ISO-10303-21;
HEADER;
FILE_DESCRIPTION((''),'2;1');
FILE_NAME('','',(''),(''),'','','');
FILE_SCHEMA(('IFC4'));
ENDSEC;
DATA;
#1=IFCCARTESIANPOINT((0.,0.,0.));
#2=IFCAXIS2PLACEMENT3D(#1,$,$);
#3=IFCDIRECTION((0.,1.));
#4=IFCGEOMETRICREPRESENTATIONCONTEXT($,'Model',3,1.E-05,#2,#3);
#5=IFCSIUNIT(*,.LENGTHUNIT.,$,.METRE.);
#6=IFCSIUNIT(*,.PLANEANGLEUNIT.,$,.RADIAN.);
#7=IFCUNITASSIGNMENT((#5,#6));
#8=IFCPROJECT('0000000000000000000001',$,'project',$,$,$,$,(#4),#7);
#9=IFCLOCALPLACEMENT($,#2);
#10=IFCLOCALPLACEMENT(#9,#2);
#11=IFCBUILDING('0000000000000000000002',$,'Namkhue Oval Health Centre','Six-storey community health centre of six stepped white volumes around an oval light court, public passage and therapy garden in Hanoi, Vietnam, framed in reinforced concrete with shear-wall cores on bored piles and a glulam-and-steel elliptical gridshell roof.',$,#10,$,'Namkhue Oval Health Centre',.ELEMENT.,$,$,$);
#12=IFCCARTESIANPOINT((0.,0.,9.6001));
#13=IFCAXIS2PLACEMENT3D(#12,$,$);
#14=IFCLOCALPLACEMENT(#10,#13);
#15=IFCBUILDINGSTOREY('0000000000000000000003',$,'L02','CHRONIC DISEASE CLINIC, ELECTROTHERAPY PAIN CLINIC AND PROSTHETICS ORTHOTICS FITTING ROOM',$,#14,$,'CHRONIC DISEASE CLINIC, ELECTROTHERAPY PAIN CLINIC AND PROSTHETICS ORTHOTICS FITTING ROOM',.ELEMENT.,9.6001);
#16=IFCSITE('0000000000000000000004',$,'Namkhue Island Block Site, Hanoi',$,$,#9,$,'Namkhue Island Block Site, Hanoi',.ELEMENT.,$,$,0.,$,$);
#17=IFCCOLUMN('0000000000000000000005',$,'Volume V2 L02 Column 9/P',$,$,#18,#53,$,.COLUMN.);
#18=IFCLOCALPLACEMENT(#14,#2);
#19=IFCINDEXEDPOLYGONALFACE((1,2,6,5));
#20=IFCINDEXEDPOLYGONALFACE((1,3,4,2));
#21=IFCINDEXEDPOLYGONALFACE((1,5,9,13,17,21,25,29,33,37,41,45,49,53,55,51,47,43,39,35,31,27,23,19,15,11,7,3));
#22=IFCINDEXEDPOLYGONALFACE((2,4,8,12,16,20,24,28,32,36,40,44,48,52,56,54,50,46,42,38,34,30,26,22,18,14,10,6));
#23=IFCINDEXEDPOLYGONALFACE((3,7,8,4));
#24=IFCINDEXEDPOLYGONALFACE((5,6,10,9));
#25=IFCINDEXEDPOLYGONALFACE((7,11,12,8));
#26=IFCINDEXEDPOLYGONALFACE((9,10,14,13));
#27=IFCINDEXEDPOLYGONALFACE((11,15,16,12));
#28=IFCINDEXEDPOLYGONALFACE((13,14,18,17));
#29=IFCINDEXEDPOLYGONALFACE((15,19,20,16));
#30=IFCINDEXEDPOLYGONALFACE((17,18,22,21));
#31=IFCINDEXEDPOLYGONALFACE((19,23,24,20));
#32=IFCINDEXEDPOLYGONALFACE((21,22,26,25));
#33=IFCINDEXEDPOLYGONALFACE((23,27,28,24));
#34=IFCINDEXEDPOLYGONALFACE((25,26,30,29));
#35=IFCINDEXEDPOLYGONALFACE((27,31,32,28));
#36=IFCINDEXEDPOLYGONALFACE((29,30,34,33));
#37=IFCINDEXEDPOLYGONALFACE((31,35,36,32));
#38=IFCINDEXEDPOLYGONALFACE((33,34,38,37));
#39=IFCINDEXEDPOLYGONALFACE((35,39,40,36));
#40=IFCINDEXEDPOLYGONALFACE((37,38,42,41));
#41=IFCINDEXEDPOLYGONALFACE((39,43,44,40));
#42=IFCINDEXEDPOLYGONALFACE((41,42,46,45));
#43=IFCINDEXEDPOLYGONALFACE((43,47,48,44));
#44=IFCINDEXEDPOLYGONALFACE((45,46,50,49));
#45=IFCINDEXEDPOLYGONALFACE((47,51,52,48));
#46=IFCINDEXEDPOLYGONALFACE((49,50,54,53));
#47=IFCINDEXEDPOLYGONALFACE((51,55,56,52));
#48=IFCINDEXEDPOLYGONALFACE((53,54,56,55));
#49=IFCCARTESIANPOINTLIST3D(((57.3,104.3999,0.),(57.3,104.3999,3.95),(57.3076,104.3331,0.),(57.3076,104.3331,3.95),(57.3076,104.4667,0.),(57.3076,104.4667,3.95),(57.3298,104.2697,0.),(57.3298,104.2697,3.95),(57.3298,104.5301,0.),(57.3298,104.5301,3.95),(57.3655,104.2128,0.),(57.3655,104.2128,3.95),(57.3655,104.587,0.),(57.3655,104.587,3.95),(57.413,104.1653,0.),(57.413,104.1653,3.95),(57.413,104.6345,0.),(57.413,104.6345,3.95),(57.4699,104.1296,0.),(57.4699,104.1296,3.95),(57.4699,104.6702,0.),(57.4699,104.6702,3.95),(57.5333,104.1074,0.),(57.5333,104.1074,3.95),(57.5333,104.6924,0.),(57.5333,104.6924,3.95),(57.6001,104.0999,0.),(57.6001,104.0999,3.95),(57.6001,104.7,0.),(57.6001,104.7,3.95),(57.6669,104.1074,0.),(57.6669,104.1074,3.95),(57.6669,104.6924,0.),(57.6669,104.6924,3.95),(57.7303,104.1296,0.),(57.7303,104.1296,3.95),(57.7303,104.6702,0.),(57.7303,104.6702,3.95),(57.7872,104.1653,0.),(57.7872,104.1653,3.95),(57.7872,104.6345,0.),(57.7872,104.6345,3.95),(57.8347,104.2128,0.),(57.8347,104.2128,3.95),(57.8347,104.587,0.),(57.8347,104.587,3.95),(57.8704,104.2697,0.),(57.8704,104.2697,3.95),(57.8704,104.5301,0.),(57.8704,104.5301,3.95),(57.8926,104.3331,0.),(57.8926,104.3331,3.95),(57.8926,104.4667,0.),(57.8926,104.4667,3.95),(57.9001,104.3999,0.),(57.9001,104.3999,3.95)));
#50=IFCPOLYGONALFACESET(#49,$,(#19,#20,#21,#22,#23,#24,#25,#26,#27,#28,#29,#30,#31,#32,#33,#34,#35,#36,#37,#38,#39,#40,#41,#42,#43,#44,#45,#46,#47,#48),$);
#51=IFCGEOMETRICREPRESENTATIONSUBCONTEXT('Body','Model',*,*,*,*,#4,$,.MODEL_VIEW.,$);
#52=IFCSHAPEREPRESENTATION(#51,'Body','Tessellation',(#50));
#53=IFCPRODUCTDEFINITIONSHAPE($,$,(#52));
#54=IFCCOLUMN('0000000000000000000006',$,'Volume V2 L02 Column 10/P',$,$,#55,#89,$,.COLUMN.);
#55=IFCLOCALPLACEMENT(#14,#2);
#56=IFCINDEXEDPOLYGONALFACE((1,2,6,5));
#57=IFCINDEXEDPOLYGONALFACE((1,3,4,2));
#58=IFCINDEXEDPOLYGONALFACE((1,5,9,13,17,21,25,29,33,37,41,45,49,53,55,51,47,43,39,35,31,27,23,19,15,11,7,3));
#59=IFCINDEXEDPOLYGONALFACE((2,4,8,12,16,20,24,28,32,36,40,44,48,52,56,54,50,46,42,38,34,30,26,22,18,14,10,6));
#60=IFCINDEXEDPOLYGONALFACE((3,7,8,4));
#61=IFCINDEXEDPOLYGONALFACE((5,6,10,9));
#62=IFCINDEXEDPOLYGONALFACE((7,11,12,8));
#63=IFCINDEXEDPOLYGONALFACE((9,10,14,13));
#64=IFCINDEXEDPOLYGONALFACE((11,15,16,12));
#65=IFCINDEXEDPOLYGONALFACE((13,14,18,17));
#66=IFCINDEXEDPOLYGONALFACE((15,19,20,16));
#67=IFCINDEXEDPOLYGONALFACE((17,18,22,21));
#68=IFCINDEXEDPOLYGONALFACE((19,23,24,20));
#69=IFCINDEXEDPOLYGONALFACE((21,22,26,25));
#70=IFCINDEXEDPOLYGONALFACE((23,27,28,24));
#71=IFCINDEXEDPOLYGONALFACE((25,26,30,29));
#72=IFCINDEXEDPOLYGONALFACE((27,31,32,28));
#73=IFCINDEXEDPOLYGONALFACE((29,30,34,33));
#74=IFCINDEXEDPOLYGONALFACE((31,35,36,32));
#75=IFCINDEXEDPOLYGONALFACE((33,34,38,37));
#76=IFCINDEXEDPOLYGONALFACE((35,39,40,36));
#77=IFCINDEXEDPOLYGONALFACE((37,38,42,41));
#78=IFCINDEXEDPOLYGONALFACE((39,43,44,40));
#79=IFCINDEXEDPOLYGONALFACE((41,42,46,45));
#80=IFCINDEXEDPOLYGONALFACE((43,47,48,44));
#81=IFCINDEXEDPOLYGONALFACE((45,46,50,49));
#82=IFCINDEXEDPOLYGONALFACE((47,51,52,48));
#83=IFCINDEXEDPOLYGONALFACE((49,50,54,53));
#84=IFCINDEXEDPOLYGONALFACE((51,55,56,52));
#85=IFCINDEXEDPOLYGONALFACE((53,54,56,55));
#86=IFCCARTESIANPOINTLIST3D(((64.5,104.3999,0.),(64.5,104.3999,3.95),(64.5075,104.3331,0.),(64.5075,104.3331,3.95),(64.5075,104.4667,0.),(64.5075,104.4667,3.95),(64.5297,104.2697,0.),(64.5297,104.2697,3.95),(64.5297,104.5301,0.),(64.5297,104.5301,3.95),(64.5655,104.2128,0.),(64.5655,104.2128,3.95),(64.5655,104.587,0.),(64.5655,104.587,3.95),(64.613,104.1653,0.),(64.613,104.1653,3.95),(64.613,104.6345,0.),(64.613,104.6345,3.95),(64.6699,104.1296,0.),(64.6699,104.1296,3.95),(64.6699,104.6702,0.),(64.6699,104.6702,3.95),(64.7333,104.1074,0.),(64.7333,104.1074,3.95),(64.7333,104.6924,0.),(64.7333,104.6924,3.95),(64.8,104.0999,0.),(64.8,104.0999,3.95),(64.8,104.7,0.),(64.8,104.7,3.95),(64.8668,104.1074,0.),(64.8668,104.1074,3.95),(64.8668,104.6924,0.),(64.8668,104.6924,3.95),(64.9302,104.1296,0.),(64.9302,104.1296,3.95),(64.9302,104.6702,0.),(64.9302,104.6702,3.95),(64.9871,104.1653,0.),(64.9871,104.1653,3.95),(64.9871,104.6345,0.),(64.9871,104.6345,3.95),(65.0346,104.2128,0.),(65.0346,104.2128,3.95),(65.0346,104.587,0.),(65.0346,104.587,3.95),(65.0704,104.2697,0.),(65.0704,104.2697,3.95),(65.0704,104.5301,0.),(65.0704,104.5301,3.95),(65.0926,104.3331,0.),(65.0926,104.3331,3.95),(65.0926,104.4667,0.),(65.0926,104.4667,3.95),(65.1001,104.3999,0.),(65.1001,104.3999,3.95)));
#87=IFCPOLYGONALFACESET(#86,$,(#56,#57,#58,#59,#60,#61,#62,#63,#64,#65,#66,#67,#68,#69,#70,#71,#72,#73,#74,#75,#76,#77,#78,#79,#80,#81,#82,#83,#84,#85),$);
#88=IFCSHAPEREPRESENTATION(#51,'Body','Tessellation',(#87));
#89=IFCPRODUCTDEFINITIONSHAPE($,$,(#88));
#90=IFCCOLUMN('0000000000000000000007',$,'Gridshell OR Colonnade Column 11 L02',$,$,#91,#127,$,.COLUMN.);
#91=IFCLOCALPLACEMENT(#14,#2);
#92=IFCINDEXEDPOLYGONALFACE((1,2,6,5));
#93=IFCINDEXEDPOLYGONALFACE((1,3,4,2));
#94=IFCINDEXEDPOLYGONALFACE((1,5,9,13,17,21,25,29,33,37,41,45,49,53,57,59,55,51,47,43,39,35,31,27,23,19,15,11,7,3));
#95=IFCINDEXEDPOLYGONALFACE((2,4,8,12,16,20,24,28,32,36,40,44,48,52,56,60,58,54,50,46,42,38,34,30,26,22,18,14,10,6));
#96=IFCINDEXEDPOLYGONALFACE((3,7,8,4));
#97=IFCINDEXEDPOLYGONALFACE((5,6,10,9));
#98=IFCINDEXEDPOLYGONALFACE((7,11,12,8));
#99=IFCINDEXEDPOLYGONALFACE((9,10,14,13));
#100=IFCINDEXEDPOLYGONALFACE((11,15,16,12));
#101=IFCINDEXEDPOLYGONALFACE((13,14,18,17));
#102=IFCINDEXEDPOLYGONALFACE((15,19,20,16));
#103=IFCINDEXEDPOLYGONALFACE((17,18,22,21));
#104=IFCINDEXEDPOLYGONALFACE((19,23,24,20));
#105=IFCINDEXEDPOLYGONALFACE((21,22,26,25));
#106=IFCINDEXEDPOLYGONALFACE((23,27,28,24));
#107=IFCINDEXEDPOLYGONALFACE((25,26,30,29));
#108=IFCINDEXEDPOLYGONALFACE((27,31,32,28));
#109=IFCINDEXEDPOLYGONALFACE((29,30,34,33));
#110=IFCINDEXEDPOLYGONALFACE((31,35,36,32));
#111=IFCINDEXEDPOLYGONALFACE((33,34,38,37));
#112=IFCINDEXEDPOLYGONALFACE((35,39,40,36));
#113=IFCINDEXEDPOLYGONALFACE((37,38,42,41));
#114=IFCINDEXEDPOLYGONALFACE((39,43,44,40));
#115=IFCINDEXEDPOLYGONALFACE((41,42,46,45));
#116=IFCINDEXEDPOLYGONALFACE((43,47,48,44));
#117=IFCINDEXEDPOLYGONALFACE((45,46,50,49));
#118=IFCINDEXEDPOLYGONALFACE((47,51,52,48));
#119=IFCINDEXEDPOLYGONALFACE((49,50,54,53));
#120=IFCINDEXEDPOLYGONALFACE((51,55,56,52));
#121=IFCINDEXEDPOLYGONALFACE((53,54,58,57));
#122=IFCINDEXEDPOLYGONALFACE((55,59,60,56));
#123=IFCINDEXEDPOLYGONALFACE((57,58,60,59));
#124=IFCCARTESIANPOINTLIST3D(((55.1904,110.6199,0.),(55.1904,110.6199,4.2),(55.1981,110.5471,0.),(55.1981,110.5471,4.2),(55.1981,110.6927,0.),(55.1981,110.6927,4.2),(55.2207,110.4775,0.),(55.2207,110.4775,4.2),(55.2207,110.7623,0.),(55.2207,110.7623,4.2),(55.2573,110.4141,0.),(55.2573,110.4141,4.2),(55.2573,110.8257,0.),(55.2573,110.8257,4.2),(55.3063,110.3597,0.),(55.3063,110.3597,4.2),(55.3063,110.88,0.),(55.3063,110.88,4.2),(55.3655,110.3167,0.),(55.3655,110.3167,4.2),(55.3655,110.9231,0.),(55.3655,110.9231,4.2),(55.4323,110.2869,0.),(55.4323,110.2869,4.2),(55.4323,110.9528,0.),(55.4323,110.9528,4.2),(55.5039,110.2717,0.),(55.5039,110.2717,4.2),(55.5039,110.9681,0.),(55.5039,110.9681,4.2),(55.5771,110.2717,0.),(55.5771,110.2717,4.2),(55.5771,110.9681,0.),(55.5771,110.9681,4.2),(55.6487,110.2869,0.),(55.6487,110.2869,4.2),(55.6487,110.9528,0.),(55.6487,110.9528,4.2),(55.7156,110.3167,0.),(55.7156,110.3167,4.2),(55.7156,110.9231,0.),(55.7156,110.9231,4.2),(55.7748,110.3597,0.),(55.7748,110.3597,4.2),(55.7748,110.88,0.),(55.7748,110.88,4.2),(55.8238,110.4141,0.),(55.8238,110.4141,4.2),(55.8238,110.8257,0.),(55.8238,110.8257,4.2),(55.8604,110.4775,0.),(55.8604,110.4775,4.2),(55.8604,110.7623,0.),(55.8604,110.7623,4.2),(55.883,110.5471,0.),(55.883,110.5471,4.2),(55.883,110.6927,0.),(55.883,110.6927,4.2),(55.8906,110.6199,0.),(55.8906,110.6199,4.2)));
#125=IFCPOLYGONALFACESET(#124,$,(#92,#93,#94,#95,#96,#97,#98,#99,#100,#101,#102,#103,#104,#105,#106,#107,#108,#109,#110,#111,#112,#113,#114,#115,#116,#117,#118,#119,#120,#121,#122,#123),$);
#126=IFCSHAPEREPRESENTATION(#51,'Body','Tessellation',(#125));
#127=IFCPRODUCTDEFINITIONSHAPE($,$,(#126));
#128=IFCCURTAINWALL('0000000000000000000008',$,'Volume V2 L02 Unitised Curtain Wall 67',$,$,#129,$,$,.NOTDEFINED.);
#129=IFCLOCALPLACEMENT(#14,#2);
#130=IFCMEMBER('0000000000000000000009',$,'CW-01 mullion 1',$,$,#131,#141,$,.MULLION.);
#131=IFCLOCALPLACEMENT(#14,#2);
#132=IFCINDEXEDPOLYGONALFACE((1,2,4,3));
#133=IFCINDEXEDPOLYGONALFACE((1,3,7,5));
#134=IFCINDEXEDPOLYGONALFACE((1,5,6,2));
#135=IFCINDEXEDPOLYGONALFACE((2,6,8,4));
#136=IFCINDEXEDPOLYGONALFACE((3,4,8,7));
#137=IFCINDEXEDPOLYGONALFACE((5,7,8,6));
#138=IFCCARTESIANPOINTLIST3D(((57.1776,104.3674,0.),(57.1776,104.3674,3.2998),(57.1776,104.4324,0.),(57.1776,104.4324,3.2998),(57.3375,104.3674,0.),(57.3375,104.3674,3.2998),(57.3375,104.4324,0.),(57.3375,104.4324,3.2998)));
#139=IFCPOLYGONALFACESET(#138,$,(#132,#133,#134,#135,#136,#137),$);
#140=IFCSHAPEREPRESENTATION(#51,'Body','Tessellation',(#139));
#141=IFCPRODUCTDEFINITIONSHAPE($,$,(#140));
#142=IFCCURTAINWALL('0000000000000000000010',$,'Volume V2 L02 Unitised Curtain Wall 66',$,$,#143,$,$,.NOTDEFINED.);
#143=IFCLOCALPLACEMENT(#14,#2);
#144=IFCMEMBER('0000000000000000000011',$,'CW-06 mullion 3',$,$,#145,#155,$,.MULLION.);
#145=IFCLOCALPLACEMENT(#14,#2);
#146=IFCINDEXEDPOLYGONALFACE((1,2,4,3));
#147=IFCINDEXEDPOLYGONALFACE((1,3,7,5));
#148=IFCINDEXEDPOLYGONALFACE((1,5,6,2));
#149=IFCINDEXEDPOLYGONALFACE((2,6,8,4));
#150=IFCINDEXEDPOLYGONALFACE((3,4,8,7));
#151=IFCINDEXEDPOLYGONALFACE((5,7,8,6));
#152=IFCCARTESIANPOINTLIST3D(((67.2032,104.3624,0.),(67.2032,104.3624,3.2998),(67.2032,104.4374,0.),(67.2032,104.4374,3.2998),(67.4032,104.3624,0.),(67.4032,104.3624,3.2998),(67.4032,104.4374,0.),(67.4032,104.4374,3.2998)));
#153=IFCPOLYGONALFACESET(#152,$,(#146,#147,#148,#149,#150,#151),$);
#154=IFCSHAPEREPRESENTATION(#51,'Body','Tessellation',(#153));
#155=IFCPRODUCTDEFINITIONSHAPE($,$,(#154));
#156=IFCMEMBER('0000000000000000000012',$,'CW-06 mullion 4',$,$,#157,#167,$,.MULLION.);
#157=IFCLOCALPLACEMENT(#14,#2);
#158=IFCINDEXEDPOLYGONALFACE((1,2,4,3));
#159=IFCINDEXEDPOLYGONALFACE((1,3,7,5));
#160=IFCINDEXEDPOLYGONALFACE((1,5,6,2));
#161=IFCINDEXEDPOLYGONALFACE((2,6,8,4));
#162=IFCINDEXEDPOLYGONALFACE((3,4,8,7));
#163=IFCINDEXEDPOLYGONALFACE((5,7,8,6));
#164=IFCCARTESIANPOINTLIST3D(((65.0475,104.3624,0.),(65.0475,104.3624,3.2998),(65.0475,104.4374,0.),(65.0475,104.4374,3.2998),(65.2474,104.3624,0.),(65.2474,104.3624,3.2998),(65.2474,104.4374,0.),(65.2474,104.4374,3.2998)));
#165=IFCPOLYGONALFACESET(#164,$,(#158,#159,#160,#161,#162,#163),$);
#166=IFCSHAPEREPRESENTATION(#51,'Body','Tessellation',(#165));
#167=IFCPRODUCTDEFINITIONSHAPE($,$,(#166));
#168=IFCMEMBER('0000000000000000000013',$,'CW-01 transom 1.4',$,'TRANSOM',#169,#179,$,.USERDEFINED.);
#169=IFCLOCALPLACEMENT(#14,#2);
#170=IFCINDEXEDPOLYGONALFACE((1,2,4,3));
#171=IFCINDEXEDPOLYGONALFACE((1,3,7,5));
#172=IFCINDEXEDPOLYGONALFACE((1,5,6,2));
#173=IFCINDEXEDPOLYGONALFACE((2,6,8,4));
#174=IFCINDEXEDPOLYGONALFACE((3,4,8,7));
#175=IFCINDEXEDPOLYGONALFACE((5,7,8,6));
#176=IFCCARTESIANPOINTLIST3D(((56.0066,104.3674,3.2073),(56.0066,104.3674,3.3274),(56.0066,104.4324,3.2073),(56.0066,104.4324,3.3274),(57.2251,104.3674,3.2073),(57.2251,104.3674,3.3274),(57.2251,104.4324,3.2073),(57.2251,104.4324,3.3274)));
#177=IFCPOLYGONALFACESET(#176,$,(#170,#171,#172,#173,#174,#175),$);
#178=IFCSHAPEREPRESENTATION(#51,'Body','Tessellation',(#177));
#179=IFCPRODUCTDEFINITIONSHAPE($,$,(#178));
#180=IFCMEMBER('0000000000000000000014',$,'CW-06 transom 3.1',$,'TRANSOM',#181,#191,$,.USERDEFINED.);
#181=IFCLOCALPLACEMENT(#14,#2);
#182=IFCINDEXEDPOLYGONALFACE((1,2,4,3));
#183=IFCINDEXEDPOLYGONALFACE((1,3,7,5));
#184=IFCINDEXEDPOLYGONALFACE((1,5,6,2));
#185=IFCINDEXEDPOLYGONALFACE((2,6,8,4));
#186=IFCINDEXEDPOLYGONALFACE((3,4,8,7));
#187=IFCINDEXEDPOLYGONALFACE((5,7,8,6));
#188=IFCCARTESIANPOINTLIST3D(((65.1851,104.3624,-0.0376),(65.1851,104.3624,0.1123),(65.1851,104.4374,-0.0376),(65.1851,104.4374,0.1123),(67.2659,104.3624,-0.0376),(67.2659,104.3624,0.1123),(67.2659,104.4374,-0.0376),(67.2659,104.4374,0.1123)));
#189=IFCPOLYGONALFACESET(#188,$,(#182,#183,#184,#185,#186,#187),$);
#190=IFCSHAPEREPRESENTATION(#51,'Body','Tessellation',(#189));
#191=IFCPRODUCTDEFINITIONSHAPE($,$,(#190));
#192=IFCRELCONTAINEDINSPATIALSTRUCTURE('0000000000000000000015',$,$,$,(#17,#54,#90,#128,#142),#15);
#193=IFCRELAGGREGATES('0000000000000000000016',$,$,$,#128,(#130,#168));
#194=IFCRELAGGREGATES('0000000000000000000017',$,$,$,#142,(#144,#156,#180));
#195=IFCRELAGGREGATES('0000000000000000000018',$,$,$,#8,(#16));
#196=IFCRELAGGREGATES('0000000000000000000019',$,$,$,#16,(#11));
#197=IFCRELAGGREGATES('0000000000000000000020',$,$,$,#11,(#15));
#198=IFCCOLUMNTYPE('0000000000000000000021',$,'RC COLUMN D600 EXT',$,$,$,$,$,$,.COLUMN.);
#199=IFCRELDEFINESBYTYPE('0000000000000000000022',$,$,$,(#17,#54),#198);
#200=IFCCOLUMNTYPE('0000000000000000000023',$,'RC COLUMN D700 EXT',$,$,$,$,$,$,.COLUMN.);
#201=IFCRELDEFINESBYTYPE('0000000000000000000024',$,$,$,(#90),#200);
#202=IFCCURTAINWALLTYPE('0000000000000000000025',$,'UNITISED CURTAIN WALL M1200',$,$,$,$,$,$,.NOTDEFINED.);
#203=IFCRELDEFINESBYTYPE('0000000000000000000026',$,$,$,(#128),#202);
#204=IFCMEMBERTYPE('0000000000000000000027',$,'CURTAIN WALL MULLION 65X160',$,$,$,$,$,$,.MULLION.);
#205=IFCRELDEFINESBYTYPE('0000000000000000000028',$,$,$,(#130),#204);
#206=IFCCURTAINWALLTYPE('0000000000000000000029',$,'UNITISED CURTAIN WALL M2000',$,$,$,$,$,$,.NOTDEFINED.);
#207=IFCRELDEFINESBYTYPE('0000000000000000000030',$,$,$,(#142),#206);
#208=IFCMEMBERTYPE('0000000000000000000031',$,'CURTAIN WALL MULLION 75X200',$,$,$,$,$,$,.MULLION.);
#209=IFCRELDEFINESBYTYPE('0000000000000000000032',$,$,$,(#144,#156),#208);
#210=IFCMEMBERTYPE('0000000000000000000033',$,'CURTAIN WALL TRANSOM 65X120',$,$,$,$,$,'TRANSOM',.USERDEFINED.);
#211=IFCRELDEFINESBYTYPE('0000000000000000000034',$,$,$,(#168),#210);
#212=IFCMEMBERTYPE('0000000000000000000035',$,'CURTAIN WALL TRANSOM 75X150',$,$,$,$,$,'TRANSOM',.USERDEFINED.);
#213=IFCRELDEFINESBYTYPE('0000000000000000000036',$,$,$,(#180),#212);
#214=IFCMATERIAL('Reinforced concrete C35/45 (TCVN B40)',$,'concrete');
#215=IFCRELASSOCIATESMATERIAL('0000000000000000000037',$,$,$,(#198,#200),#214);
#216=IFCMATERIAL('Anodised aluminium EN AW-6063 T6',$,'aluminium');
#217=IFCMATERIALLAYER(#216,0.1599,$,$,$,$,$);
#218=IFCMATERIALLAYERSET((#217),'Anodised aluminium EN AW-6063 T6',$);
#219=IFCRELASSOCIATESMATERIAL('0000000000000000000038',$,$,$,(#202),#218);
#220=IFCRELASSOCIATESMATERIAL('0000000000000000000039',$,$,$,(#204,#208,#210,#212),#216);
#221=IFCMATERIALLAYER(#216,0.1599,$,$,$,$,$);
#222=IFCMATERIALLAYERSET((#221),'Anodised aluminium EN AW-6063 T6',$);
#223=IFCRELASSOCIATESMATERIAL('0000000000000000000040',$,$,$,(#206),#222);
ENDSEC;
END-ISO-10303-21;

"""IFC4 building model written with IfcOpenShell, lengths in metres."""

from ifc_helpers import new_model, si_unit, direction, frame, origin, origin_2d, place, context, subcontext, project, spatial, rectangle, circle, extrude, material, layer, layer_set, material_profile, profile_set, type_object, element, aggregate, save


model = new_model("IFC4")

# Units and contexts
model_context = context("Model", 3, precision=1e-05, world=origin(), true_north=direction((0.0, 1.0)))
body_context = subcontext(model_context, "Body", "Model", "MODEL_VIEW")
ifc_project = project(units=[si_unit("LENGTHUNIT", "METRE"), si_unit("PLANEANGLEUNIT", "RADIAN")], contexts=[model_context])

# Site, building, storey
site_placement = place(None, origin())
site = spatial("IfcSite", under=ifc_project, at=site_placement, Name="Namkhue Island Block Site, Hanoi", LongName="Namkhue Island Block Site, Hanoi", CompositionType="ELEMENT", RefElevation=0.0)
building_placement = place(site_placement, origin())
building = spatial("IfcBuilding", under=site, at=building_placement, Name="Namkhue Oval Health Centre", Description="Six-storey community health centre of six stepped white volumes around an oval light court, public passage and therapy garden in Hanoi, Vietnam, framed in reinforced concrete with shear-wall cores on bored piles and a glulam-and-steel elliptical gridshell roof.", LongName="Namkhue Oval Health Centre", CompositionType="ELEMENT")
storey_placement = place(building_placement, frame((0.0, 0.0, 9.6001)))
storey = spatial("IfcBuildingStorey", under=building, at=storey_placement, Name="L02", Description="CHRONIC DISEASE CLINIC, ELECTROTHERAPY PAIN CLINIC AND PROSTHETICS ORTHOTICS FITTING ROOM", LongName="CHRONIC DISEASE CLINIC, ELECTROTHERAPY PAIN CLINIC AND PROSTHETICS ORTHOTICS FITTING ROOM", CompositionType="ELEMENT", Elevation=9.6001)

# Columns
ifc_material_1 = material(Name="Reinforced concrete C35/45 (TCVN B40)", Category="concrete")
ifc_material_profile_1 = material_profile(ifc_material_1, circle(Radius=0.3, at=origin_2d()), Name="RC D600")
ifc_profile_set_1 = profile_set([ifc_material_profile_1], Name="Reinforced concrete C35/45 (TCVN B40)")
column_type_1 = type_object("IfcColumnType", Name="RC COLUMN D600 EXT", PredefinedType="COLUMN", material=ifc_profile_set_1)
for number, where, z_axis, x_axis, name in (
    (1, (57.6001, 104.3999, 0.0), (0.0, 0.0, 1.0), (1.0, 0.0, 0.0), "Volume V2 L02 Column 9/P"),
    (2, (64.8, 104.3999, 0.0), (0.0, 0.0, 1.0), (1.0, 0.0, 0.0), "Volume V2 L02 Column 10/P"),
):
    element("IfcColumn", number, at=place(storey_placement, frame(where, z_axis=z_axis, x_axis=x_axis)), inside=storey, type_object=column_type_1, Name=name, PredefinedType="COLUMN", context=body_context, shape_type="SweptSolid", body=[
        extrude(circle(Radius=0.3, at=origin_2d()), origin(), (0.0, 0.0, 1.0), 3.95),
    ])
ifc_material_profile_2 = material_profile(ifc_material_1, circle(Radius=0.3501, at=origin_2d()), Name="RC D700")
ifc_profile_set_2 = profile_set([ifc_material_profile_2], Name="Reinforced concrete C35/45 (TCVN B40)")
column_type_2 = type_object("IfcColumnType", Name="RC COLUMN D700 EXT", PredefinedType="COLUMN", material=ifc_profile_set_2)
column_placement = place(storey_placement, frame((55.5405, 110.6199, 0.0), z_axis=(0.0, 0.0, 1.0), x_axis=(1.0, 0.0, 0.0)))
element("IfcColumn", 3, at=column_placement, inside=storey, type_object=column_type_2, Name="Gridshell OR Colonnade Column 11 L02", PredefinedType="COLUMN", context=body_context, shape_type="SweptSolid", body=[
    extrude(circle(Radius=0.3501, at=origin_2d()), origin(), (0.0, 0.0, 1.0), 4.2),
])

# Curtain wall, member
ifc_material_2 = material(Name="Anodised aluminium EN AW-6063 T6", Category="aluminium")
ifc_layer_1 = layer(ifc_material_2, 0.1599)
ifc_layer_set_1 = layer_set([ifc_layer_1], Name="Anodised aluminium EN AW-6063 T6")
curtain_wall_type_1 = type_object("IfcCurtainWallType", Name="UNITISED CURTAIN WALL M1200", PredefinedType="NOTDEFINED", material=ifc_layer_set_1)
curtain_wall_1_placement = place(storey_placement, origin())
curtain_wall_1 = element("IfcCurtainWall", 4, at=curtain_wall_1_placement, inside=storey, type_object=curtain_wall_type_1, Name="Volume V2 L02 Unitised Curtain Wall 67", PredefinedType="NOTDEFINED")
ifc_material_profile_3 = material_profile(ifc_material_2, rectangle(XDim=0.0649, YDim=0.1599, at=origin_2d()), Name="ALU 65x160")
ifc_profile_set_3 = profile_set([ifc_material_profile_3], Name="Anodised aluminium EN AW-6063 T6")
member_type_1 = type_object("IfcMemberType", Name="CURTAIN WALL MULLION 65X160", PredefinedType="MULLION", material=ifc_profile_set_3)
member_1_placement = place(storey_placement, frame((57.2576, 104.3999, 0.0), z_axis=(0.0, 0.0, 1.0), x_axis=(0.0, -1.0, 0.0)))
member_1 = element("IfcMember", 5, at=member_1_placement, type_object=member_type_1, Name="CW-01 mullion 1", PredefinedType="MULLION", context=body_context, shape_type="SweptSolid", body=[
    extrude(rectangle(XDim=0.0649, YDim=0.1599, at=origin_2d()), origin(), (0.0, 0.0, 1.0), 3.2998),
])

# Curtain wall, members
ifc_layer_2 = layer(ifc_material_2, 0.1599)
ifc_layer_set_2 = layer_set([ifc_layer_2], Name="Anodised aluminium EN AW-6063 T6")
curtain_wall_type_2 = type_object("IfcCurtainWallType", Name="UNITISED CURTAIN WALL M2000", PredefinedType="NOTDEFINED", material=ifc_layer_set_2)
curtain_wall_2_placement = place(storey_placement, origin())
curtain_wall_2 = element("IfcCurtainWall", 6, at=curtain_wall_2_placement, inside=storey, type_object=curtain_wall_type_2, Name="Volume V2 L02 Unitised Curtain Wall 66", PredefinedType="NOTDEFINED")
ifc_material_profile_4 = material_profile(ifc_material_2, rectangle(XDim=0.075, YDim=0.2, at=origin_2d()), Name="ALU 75x200")
ifc_profile_set_4 = profile_set([ifc_material_profile_4], Name="Anodised aluminium EN AW-6063 T6")
member_type_2 = type_object("IfcMemberType", Name="CURTAIN WALL MULLION 75X200", PredefinedType="MULLION", material=ifc_profile_set_4)
member_2_placement = place(storey_placement, frame((67.3032, 104.3999, 0.0), z_axis=(0.0, 0.0, 1.0), x_axis=(0.0, -1.0, 0.0)))
member_2 = element("IfcMember", 7, at=member_2_placement, type_object=member_type_2, Name="CW-06 mullion 3", PredefinedType="MULLION", context=body_context, shape_type="SweptSolid", body=[
    extrude(rectangle(XDim=0.075, YDim=0.2, at=origin_2d()), origin(), (0.0, 0.0, 1.0), 3.2998),
])
member_3_placement = place(storey_placement, frame((65.1475, 104.3999, 0.0), z_axis=(0.0, 0.0, 1.0), x_axis=(0.0, -1.0, 0.0)))
member_3 = element("IfcMember", 8, at=member_3_placement, type_object=member_type_2, Name="CW-06 mullion 4", PredefinedType="MULLION", context=body_context, shape_type="SweptSolid", body=[
    extrude(rectangle(XDim=0.075, YDim=0.2, at=origin_2d()), origin(), (0.0, 0.0, 1.0), 3.2998),
])

# Members
ifc_material_profile_5 = material_profile(ifc_material_2, rectangle(XDim=0.0649, YDim=0.1201, at=origin_2d()), Name="ALU 65x120")
ifc_profile_set_5 = profile_set([ifc_material_profile_5], Name="Anodised aluminium EN AW-6063 T6")
member_type_3 = type_object("IfcMemberType", Name="CURTAIN WALL TRANSOM 65X120", ElementType="TRANSOM", PredefinedType="USERDEFINED", material=ifc_profile_set_5)
member_4_placement = place(storey_placement, frame((57.2251, 104.3999, 3.2673), z_axis=(-1.0, 0.0, 0.0), x_axis=(0.0, -1.0, 0.0)))
member_4 = element("IfcMember", 9, at=member_4_placement, type_object=member_type_3, Name="CW-01 transom 1.4", ObjectType="TRANSOM", PredefinedType="USERDEFINED", context=body_context, shape_type="SweptSolid", body=[
    extrude(rectangle(XDim=0.0649, YDim=0.1201, at=origin_2d()), origin(), (0.0, 0.0, 1.0), 1.2185),
])
aggregate(curtain_wall_1, [member_1, member_4])
ifc_material_profile_6 = material_profile(ifc_material_2, rectangle(XDim=0.075, YDim=0.1499, at=origin_2d()), Name="ALU 75x150")
ifc_profile_set_6 = profile_set([ifc_material_profile_6], Name="Anodised aluminium EN AW-6063 T6")
member_type_4 = type_object("IfcMemberType", Name="CURTAIN WALL TRANSOM 75X150", ElementType="TRANSOM", PredefinedType="USERDEFINED", material=ifc_profile_set_6)
member_5_placement = place(storey_placement, frame((67.2659, 104.3999, 0.0374), z_axis=(-1.0, 0.0, 0.0), x_axis=(0.0, -1.0, 0.0)))
member_5 = element("IfcMember", 10, at=member_5_placement, type_object=member_type_4, Name="CW-06 transom 3.1", ObjectType="TRANSOM", PredefinedType="USERDEFINED", context=body_context, shape_type="SweptSolid", body=[
    extrude(rectangle(XDim=0.075, YDim=0.1499, at=origin_2d()), origin(), (0.0, 0.0, 1.0), 2.0808),
])

aggregate(curtain_wall_2, [member_2, member_3, member_5])

save(model, "model.ifc")
